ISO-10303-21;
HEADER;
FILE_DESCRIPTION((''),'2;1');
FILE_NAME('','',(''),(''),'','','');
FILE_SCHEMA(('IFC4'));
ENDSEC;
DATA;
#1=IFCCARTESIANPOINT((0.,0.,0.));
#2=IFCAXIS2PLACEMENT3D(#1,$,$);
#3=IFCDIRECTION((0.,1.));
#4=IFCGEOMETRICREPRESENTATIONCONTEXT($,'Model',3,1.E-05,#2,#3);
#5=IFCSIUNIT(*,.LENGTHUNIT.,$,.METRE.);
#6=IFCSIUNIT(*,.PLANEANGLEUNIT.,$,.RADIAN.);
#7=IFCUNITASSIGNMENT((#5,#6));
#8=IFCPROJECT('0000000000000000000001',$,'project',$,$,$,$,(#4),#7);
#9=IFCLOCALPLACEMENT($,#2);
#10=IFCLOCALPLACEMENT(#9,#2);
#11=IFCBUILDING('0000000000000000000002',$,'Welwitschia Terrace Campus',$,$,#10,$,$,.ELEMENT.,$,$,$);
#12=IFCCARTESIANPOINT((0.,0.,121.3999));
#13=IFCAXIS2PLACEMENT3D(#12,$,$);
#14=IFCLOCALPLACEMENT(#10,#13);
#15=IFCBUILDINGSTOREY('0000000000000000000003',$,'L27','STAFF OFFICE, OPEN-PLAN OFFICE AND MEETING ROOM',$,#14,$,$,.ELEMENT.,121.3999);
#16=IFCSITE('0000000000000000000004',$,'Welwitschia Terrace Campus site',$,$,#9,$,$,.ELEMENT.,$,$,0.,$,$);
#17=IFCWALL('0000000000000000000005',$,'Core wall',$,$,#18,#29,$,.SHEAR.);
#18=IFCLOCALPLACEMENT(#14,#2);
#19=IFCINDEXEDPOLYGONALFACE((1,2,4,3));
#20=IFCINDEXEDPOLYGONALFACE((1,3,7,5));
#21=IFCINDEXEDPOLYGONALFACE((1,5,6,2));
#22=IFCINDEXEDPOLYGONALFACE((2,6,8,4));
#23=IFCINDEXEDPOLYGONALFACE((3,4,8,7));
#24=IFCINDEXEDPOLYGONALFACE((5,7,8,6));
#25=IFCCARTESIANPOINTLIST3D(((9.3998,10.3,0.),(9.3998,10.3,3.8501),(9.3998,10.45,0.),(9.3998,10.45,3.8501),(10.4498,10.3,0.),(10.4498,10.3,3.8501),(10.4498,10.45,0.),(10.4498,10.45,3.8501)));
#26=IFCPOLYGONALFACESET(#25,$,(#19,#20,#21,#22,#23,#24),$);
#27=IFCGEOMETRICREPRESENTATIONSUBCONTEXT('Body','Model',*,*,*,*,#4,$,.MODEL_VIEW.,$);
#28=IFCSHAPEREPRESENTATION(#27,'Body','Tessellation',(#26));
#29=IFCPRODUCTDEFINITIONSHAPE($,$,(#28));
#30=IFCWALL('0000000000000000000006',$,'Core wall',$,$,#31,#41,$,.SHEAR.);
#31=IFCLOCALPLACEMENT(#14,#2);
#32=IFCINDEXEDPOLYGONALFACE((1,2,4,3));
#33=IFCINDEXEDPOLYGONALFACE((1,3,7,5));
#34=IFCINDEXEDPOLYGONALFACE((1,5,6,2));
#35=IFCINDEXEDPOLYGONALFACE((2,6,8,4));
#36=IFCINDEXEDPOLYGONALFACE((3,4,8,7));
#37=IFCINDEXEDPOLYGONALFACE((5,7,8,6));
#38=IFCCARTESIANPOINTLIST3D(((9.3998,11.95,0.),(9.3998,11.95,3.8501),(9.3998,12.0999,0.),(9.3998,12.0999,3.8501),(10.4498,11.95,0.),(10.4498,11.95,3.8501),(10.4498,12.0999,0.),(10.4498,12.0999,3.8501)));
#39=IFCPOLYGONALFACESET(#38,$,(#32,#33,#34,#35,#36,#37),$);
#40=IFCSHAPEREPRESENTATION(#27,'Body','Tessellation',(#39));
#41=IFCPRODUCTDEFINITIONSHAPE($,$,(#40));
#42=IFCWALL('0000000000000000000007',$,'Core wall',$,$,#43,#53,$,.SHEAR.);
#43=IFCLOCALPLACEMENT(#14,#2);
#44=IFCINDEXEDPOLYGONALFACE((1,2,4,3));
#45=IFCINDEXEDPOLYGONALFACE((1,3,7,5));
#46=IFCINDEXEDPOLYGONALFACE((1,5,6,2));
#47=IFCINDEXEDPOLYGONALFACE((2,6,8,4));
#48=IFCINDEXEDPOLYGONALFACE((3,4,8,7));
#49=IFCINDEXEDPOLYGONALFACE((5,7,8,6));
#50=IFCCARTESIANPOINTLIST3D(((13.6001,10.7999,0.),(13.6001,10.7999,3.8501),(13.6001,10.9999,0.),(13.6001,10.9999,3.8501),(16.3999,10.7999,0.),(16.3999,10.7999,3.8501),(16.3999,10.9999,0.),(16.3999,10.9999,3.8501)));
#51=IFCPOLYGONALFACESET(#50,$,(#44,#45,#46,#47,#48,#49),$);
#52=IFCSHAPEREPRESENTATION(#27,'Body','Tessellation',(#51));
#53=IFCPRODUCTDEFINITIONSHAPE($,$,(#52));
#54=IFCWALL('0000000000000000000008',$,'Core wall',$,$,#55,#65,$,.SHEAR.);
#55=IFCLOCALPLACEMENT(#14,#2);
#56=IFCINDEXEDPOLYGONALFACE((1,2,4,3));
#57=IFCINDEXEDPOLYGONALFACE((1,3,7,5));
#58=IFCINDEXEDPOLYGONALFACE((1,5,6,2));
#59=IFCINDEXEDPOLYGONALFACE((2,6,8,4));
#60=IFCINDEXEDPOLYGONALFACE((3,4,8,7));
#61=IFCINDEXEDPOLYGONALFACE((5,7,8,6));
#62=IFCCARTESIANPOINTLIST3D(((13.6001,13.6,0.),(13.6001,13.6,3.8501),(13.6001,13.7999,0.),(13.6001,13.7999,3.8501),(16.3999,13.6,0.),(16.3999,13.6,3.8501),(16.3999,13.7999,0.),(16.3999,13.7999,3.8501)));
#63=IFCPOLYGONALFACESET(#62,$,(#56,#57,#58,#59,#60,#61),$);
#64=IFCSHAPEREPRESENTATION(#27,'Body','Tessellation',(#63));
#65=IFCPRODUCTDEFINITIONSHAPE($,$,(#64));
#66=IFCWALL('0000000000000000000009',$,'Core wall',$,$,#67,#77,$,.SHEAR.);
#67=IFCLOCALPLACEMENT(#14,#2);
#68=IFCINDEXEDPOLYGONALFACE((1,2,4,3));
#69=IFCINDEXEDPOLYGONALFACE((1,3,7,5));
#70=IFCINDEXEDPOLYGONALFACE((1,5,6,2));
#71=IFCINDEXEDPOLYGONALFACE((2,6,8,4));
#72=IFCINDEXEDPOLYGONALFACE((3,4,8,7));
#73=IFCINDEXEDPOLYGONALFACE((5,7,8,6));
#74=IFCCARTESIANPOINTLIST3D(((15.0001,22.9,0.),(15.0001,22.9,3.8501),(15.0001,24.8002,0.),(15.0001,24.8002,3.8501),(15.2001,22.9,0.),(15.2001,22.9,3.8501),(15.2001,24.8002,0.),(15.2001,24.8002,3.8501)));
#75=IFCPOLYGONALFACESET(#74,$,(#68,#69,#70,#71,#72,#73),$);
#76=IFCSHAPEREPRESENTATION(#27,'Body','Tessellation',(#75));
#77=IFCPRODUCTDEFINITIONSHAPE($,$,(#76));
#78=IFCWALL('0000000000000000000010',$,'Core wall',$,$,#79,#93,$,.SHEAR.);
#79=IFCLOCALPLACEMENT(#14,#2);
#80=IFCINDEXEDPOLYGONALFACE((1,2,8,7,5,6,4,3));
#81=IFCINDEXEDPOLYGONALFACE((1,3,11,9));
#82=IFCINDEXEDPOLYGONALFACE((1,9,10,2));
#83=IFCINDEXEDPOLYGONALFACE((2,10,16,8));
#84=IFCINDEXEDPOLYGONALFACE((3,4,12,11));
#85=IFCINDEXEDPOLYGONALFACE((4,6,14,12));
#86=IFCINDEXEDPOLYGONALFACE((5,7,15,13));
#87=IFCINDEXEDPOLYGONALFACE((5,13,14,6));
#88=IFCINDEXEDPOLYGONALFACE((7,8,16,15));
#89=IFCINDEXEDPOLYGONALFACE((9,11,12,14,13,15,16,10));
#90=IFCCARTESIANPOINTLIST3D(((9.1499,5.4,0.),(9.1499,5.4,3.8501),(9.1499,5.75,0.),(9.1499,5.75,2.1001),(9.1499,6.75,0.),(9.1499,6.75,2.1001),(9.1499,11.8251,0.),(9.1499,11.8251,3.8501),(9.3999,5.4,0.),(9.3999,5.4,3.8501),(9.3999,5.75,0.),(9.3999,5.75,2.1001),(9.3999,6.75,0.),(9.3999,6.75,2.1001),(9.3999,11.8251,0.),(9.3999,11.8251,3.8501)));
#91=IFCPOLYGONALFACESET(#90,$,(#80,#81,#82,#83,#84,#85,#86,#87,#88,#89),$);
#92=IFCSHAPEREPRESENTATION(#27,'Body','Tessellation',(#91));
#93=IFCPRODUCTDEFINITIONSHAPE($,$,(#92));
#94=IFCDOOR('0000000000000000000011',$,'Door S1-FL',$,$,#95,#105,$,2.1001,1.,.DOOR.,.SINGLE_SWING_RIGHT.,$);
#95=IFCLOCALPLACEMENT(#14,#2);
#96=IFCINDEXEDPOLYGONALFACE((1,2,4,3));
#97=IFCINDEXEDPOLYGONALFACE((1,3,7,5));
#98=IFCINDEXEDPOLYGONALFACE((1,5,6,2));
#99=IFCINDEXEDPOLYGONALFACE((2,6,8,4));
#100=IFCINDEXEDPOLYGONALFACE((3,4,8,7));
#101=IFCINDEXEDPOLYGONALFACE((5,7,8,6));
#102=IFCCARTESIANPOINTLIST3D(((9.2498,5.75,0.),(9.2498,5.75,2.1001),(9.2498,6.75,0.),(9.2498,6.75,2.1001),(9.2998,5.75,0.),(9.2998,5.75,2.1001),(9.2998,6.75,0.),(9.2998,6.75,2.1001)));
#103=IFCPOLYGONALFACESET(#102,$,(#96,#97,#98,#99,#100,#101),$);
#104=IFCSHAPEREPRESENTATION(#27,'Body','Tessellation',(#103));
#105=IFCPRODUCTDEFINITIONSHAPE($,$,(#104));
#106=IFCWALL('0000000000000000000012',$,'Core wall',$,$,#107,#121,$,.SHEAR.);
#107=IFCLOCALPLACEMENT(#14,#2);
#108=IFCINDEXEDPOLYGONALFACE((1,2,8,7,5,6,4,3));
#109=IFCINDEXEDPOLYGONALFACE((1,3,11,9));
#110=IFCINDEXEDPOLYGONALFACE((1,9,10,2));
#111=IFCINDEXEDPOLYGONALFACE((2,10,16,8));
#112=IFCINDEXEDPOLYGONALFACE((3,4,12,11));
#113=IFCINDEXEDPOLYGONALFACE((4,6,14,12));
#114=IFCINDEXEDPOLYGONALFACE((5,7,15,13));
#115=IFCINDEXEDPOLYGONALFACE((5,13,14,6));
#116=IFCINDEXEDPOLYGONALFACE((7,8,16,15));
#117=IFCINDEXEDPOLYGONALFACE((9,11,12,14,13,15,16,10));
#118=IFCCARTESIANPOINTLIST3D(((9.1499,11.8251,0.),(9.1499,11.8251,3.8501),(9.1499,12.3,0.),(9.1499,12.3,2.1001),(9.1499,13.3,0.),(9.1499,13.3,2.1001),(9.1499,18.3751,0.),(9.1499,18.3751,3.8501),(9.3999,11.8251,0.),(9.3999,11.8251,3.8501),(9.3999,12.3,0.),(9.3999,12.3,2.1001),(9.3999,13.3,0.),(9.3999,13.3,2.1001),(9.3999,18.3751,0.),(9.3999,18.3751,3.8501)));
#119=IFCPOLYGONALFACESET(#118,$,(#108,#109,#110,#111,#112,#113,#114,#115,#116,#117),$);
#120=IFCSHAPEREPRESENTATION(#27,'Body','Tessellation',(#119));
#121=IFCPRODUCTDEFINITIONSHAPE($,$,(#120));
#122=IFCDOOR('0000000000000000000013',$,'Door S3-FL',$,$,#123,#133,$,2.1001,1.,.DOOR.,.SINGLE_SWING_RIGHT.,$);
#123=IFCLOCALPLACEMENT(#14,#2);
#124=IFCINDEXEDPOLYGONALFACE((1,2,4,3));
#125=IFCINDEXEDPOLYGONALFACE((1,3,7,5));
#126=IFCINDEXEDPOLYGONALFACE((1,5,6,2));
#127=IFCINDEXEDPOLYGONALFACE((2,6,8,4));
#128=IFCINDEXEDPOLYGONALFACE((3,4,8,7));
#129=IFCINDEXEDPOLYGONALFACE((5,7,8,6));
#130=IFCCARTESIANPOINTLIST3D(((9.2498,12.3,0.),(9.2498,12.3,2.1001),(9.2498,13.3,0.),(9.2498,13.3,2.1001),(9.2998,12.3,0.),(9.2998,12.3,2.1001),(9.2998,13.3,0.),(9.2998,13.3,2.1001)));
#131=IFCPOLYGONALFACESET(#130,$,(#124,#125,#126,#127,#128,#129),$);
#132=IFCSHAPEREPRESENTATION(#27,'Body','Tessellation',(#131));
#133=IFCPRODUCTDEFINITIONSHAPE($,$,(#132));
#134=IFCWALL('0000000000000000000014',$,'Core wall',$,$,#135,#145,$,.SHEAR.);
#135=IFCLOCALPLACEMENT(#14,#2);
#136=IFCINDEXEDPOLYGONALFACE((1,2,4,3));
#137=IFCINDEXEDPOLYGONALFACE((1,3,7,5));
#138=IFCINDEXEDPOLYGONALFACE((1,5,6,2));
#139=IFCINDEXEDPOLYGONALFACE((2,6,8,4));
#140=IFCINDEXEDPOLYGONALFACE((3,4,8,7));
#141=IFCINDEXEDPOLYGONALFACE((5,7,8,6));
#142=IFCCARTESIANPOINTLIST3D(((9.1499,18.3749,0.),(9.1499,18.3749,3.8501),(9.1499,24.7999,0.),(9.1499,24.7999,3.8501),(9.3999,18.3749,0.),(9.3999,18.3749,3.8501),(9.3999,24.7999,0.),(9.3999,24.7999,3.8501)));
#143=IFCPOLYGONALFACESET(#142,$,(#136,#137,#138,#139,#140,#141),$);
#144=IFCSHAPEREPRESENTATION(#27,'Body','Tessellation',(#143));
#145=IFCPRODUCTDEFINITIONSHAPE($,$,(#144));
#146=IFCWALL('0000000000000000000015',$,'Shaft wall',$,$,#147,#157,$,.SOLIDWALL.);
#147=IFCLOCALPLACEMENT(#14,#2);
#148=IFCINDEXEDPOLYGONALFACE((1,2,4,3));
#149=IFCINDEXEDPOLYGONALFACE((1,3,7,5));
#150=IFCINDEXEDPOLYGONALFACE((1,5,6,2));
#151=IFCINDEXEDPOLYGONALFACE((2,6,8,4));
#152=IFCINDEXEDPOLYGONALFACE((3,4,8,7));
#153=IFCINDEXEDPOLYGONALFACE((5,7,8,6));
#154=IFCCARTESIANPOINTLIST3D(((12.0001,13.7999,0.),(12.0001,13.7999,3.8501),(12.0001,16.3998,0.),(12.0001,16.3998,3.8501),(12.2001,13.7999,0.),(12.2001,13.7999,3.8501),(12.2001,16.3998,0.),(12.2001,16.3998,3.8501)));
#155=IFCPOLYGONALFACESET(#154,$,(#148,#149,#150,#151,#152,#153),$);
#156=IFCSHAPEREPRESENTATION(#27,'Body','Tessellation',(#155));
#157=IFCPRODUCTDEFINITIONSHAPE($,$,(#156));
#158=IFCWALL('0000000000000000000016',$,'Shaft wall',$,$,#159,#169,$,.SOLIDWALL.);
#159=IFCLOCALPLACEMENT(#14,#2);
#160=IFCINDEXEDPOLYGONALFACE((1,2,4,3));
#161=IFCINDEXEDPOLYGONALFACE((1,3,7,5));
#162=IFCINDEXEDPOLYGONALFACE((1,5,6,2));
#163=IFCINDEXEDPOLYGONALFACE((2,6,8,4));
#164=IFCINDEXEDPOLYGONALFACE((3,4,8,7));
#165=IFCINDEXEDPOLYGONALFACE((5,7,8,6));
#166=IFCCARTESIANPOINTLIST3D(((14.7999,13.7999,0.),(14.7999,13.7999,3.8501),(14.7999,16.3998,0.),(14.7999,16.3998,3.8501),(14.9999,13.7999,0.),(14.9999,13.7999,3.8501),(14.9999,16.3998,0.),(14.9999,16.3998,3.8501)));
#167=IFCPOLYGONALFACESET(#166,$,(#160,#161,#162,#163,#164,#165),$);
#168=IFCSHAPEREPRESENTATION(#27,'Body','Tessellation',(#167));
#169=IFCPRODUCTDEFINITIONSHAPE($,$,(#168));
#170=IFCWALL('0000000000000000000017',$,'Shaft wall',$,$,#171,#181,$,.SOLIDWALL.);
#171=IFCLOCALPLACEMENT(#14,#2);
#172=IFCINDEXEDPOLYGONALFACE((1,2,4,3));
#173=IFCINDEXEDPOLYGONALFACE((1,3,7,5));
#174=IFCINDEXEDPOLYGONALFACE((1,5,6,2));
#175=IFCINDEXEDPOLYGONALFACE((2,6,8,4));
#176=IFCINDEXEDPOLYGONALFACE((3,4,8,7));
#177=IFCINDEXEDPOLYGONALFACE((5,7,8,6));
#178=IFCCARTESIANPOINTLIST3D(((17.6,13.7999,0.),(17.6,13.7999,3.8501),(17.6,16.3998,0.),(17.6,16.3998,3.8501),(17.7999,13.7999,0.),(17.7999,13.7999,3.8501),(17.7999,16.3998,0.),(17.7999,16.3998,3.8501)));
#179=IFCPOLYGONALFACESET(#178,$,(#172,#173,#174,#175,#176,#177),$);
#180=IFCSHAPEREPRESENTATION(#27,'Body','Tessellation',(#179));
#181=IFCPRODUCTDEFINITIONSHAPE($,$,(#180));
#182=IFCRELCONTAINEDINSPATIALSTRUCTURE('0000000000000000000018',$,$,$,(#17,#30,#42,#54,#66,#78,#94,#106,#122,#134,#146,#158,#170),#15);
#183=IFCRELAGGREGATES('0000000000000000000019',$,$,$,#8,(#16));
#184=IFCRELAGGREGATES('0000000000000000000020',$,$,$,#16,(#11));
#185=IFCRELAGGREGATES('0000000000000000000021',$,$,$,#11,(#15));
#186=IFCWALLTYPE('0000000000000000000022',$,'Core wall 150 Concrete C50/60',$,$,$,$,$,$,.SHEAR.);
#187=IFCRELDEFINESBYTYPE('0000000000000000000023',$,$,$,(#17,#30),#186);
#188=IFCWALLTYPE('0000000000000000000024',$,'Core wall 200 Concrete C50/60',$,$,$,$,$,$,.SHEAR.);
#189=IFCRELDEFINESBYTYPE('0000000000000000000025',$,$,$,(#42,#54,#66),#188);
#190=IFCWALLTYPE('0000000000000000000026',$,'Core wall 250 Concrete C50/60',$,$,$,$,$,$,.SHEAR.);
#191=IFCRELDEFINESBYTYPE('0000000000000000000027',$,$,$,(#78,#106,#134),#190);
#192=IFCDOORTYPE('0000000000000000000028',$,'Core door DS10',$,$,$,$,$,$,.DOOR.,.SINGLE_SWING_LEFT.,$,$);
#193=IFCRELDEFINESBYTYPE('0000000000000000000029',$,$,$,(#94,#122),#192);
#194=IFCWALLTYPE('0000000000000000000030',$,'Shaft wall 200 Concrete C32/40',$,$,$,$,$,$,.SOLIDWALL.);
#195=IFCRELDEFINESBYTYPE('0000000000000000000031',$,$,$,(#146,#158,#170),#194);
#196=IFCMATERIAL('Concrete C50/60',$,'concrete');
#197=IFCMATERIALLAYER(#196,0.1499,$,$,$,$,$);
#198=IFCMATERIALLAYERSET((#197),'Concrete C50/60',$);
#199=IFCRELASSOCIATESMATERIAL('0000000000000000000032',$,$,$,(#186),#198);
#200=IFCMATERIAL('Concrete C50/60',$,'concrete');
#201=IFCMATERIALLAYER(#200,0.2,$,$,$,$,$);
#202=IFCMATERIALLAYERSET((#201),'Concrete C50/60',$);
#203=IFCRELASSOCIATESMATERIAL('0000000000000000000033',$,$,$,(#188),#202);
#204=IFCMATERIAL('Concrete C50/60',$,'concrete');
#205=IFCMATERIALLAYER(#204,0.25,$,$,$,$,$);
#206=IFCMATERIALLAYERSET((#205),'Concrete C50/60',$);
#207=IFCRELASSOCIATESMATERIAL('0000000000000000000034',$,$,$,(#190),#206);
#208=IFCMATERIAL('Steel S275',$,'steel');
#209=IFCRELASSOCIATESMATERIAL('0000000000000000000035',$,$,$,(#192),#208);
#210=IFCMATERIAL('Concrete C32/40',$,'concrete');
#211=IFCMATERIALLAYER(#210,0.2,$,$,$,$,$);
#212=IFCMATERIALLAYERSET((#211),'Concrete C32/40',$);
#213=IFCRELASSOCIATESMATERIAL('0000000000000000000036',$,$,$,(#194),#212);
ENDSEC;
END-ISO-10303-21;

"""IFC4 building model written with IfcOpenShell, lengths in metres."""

from ifc_helpers import new_model, si_unit, direction, frame, frame_2d, origin, place, context, subcontext, project, spatial, rectangle, extrude, material, layer, layer_set, type_object, element, fill, save


model = new_model("IFC4")

# Units and contexts
model_context = context("Model", 3, precision=1e-05, world=origin(), true_north=direction((0.0, 1.0)))
body_context = subcontext(model_context, "Body", "Model", "MODEL_VIEW")
ifc_project = project(units=[si_unit("LENGTHUNIT", "METRE"), si_unit("PLANEANGLEUNIT", "RADIAN")], contexts=[model_context])

# Site, building, storey
site_placement = place(None, origin())
site = spatial("IfcSite", under=ifc_project, at=site_placement, Name="Welwitschia Terrace Campus site", CompositionType="ELEMENT", RefElevation=0.0)
building_placement = place(site_placement, origin())
building = spatial("IfcBuilding", under=site, at=building_placement, Name="Welwitschia Terrace Campus", CompositionType="ELEMENT")
storey_placement = place(building_placement, frame((0.0, 0.0, 121.3999)))
storey = spatial("IfcBuildingStorey", under=building, at=storey_placement, Name="L27", Description="STAFF OFFICE, OPEN-PLAN OFFICE AND MEETING ROOM", CompositionType="ELEMENT", Elevation=121.3999)

# Walls
ifc_material_1 = material(Name="Concrete C50/60", Category="concrete")
ifc_layer_1 = layer(ifc_material_1, 0.1499)
ifc_layer_set_1 = layer_set([ifc_layer_1], Name="Concrete C50/60")
wall_type_1 = type_object("IfcWallType", Name="Core wall 150 Concrete C50/60", PredefinedType="SHEAR", material=ifc_layer_set_1)
for number, where, z_axis, x_axis, name in (
    (1, (9.3999, 10.375, 0.0), (0.0, 0.0, 1.0), (1.0, 0.0, 0.0), "Core wall"),
    (2, (9.3999, 12.0249, 0.0), (0.0, 0.0, 1.0), (1.0, 0.0, 0.0), "Core wall"),
):
    element("IfcWall", number, at=place(storey_placement, frame(where, z_axis=z_axis, x_axis=x_axis)), inside=storey, type_object=wall_type_1, Name=name, PredefinedType="SHEAR", context=body_context, shape_type="SweptSolid", body=[
        extrude(rectangle(XDim=1.05, YDim=0.1499, at=frame_2d((0.5249, 0.0))), origin(), (0.0, 0.0, 1.0), 3.8501),
    ])
ifc_material_2 = material(Name="Concrete C50/60", Category="concrete")
ifc_layer_2 = layer(ifc_material_2, 0.2)
ifc_layer_set_2 = layer_set([ifc_layer_2], Name="Concrete C50/60")
wall_type_2 = type_object("IfcWallType", Name="Core wall 200 Concrete C50/60", PredefinedType="SHEAR", material=ifc_layer_set_2)
for number, where, z_axis, x_axis, name in (
    (3, (13.6001, 10.8999, 0.0), (0.0, 0.0, 1.0), (1.0, 0.0, 0.0), "Core wall"),
    (4, (13.6001, 13.7, 0.0), (0.0, 0.0, 1.0), (1.0, 0.0, 0.0), "Core wall"),
):
    element("IfcWall", number, at=place(storey_placement, frame(where, z_axis=z_axis, x_axis=x_axis)), inside=storey, type_object=wall_type_2, Name=name, PredefinedType="SHEAR", context=body_context, shape_type="SweptSolid", body=[
        extrude(rectangle(XDim=2.7998, YDim=0.2, at=frame_2d((1.3999, 0.0))), origin(), (0.0, 0.0, 1.0), 3.8501),
    ])
wall_1_placement = place(storey_placement, frame((15.1001, 22.8999, 0.0), z_axis=(0.0, 0.0, 1.0), x_axis=(0.0, 1.0, 0.0)))
element("IfcWall", 5, at=wall_1_placement, inside=storey, type_object=wall_type_2, Name="Core wall", PredefinedType="SHEAR", context=body_context, shape_type="SweptSolid", body=[
    extrude(rectangle(XDim=1.9001, YDim=0.2, at=frame_2d((0.9502, 0.0))), origin(), (0.0, 0.0, 1.0), 3.8501),
])

# Walls, openings, doors
ifc_material_3 = material(Name="Concrete C50/60", Category="concrete")
ifc_layer_3 = layer(ifc_material_3, 0.25)
ifc_layer_set_3 = layer_set([ifc_layer_3], Name="Concrete C50/60")
wall_type_3 = type_object("IfcWallType", Name="Core wall 250 Concrete C50/60", PredefinedType="SHEAR", material=ifc_layer_set_3)
wall_2_placement = place(storey_placement, frame((9.2749, 11.825, 0.0), z_axis=(0.0, 0.0, 1.0), x_axis=(0.0, -1.0, 0.0)))
wall_2 = element("IfcWall", 6, at=wall_2_placement, inside=storey, type_object=wall_type_3, Name="Core wall", PredefinedType="SHEAR", context=body_context, shape_type="SweptSolid", body=[
    extrude(rectangle(XDim=6.425, YDim=0.25, at=frame_2d((3.2124, 0.0))), origin(), (0.0, 0.0, 1.0), 3.8501),
])
opening_1_placement = place(wall_2_placement, frame((5.075, 0.0, 0.0)))
opening_1 = element("IfcOpeningElement", 7, at=opening_1_placement, cuts=wall_2, PredefinedType="OPENING", context=body_context, shape_type="SweptSolid", body=[
    extrude(rectangle(XDim=1.0, YDim=2.1001, at=frame_2d((0.5, 1.05))), frame((0.0, 0.135, 0.0), z_axis=(0.0, -1.0, 0.0), x_axis=(1.0, 0.0, 0.0)), (0.0, 0.0, 1.0), 0.27),
])
ifc_material_4 = material(Name="Steel S275", Category="steel")
door_type_1 = type_object("IfcDoorType", Name="Core door DS10", OperationType="SINGLE_SWING_LEFT", PredefinedType="DOOR", material=ifc_material_4)
door_1_placement = place(opening_1_placement, origin())
door_1 = element("IfcDoor", 8, at=door_1_placement, inside=storey, type_object=door_type_1, Name="Door S1-FL", OperationType="SINGLE_SWING_RIGHT", OverallHeight=2.1001, OverallWidth=1.0, PredefinedType="DOOR", context=body_context, shape_type="SweptSolid", body=[
    extrude(rectangle(XDim=1.0, YDim=2.1001, at=frame_2d((0.5, 1.05))), frame((0.0, 0.0249, 0.0), z_axis=(0.0, -1.0, 0.0), x_axis=(1.0, 0.0, 0.0)), (0.0, 0.0, 1.0), 0.05),
])
fill(opening_1, door_1)
wall_3_placement = place(storey_placement, frame((9.2749, 18.375, 0.0), z_axis=(0.0, 0.0, 1.0), x_axis=(0.0, -1.0, 0.0)))
wall_3 = element("IfcWall", 9, at=wall_3_placement, inside=storey, type_object=wall_type_3, Name="Core wall", PredefinedType="SHEAR", context=body_context, shape_type="SweptSolid", body=[
    extrude(rectangle(XDim=6.55, YDim=0.25, at=frame_2d((3.2749, 0.0))), origin(), (0.0, 0.0, 1.0), 3.8501),
])
opening_2_placement = place(wall_3_placement, frame((5.075, 0.0, 0.0)))
opening_2 = element("IfcOpeningElement", 10, at=opening_2_placement, cuts=wall_3, PredefinedType="OPENING", context=body_context, shape_type="SweptSolid", body=[
    extrude(rectangle(XDim=1.0, YDim=2.1001, at=frame_2d((0.5, 1.05))), frame((0.0, 0.135, 0.0), z_axis=(0.0, -1.0, 0.0), x_axis=(1.0, 0.0, 0.0)), (0.0, 0.0, 1.0), 0.27),
])
door_2_placement = place(opening_2_placement, origin())
door_2 = element("IfcDoor", 11, at=door_2_placement, inside=storey, type_object=door_type_1, Name="Door S3-FL", OperationType="SINGLE_SWING_RIGHT", OverallHeight=2.1001, OverallWidth=1.0, PredefinedType="DOOR", context=body_context, shape_type="SweptSolid", body=[
    extrude(rectangle(XDim=1.0, YDim=2.1001, at=frame_2d((0.5, 1.05))), frame((0.0, 0.0249, 0.0), z_axis=(0.0, -1.0, 0.0), x_axis=(1.0, 0.0, 0.0)), (0.0, 0.0, 1.0), 0.05),
])
fill(opening_2, door_2)

# Walls
wall_4_placement = place(storey_placement, frame((9.2749, 18.375, 0.0), z_axis=(0.0, 0.0, 1.0), x_axis=(0.0, 1.0, 0.0)))
element("IfcWall", 12, at=wall_4_placement, inside=storey, type_object=wall_type_3, Name="Core wall", PredefinedType="SHEAR", context=body_context, shape_type="SweptSolid", body=[
    extrude(rectangle(XDim=6.425, YDim=0.25, at=frame_2d((3.2124, 0.0))), origin(), (0.0, 0.0, 1.0), 3.8501),
])
ifc_material_5 = material(Name="Concrete C32/40", Category="concrete")
ifc_layer_4 = layer(ifc_material_5, 0.2)
ifc_layer_set_4 = layer_set([ifc_layer_4], Name="Concrete C32/40")
wall_type_4 = type_object("IfcWallType", Name="Shaft wall 200 Concrete C32/40", PredefinedType="SOLIDWALL", material=ifc_layer_set_4)
for number, where, z_axis, x_axis, name in (
    (13, (12.1001, 13.8, 0.0), (0.0, 0.0, 1.0), (0.0, 1.0, 0.0), "Shaft wall"),
    (14, (14.8999, 13.8, 0.0), (0.0, 0.0, 1.0), (0.0, 1.0, 0.0), "Shaft wall"),
    (15, (17.7, 13.8, 0.0), (0.0, 0.0, 1.0), (0.0, 1.0, 0.0), "Shaft wall"),
):
    element("IfcWall", number, at=place(storey_placement, frame(where, z_axis=z_axis, x_axis=x_axis)), inside=storey, type_object=wall_type_4, Name=name, PredefinedType="SOLIDWALL", context=body_context, shape_type="SweptSolid", body=[
        extrude(rectangle(XDim=2.5999, YDim=0.2, at=frame_2d((1.2998, 0.0))), origin(), (0.0, 0.0, 1.0), 3.8501),
    ])

save(model, "model.ifc")
